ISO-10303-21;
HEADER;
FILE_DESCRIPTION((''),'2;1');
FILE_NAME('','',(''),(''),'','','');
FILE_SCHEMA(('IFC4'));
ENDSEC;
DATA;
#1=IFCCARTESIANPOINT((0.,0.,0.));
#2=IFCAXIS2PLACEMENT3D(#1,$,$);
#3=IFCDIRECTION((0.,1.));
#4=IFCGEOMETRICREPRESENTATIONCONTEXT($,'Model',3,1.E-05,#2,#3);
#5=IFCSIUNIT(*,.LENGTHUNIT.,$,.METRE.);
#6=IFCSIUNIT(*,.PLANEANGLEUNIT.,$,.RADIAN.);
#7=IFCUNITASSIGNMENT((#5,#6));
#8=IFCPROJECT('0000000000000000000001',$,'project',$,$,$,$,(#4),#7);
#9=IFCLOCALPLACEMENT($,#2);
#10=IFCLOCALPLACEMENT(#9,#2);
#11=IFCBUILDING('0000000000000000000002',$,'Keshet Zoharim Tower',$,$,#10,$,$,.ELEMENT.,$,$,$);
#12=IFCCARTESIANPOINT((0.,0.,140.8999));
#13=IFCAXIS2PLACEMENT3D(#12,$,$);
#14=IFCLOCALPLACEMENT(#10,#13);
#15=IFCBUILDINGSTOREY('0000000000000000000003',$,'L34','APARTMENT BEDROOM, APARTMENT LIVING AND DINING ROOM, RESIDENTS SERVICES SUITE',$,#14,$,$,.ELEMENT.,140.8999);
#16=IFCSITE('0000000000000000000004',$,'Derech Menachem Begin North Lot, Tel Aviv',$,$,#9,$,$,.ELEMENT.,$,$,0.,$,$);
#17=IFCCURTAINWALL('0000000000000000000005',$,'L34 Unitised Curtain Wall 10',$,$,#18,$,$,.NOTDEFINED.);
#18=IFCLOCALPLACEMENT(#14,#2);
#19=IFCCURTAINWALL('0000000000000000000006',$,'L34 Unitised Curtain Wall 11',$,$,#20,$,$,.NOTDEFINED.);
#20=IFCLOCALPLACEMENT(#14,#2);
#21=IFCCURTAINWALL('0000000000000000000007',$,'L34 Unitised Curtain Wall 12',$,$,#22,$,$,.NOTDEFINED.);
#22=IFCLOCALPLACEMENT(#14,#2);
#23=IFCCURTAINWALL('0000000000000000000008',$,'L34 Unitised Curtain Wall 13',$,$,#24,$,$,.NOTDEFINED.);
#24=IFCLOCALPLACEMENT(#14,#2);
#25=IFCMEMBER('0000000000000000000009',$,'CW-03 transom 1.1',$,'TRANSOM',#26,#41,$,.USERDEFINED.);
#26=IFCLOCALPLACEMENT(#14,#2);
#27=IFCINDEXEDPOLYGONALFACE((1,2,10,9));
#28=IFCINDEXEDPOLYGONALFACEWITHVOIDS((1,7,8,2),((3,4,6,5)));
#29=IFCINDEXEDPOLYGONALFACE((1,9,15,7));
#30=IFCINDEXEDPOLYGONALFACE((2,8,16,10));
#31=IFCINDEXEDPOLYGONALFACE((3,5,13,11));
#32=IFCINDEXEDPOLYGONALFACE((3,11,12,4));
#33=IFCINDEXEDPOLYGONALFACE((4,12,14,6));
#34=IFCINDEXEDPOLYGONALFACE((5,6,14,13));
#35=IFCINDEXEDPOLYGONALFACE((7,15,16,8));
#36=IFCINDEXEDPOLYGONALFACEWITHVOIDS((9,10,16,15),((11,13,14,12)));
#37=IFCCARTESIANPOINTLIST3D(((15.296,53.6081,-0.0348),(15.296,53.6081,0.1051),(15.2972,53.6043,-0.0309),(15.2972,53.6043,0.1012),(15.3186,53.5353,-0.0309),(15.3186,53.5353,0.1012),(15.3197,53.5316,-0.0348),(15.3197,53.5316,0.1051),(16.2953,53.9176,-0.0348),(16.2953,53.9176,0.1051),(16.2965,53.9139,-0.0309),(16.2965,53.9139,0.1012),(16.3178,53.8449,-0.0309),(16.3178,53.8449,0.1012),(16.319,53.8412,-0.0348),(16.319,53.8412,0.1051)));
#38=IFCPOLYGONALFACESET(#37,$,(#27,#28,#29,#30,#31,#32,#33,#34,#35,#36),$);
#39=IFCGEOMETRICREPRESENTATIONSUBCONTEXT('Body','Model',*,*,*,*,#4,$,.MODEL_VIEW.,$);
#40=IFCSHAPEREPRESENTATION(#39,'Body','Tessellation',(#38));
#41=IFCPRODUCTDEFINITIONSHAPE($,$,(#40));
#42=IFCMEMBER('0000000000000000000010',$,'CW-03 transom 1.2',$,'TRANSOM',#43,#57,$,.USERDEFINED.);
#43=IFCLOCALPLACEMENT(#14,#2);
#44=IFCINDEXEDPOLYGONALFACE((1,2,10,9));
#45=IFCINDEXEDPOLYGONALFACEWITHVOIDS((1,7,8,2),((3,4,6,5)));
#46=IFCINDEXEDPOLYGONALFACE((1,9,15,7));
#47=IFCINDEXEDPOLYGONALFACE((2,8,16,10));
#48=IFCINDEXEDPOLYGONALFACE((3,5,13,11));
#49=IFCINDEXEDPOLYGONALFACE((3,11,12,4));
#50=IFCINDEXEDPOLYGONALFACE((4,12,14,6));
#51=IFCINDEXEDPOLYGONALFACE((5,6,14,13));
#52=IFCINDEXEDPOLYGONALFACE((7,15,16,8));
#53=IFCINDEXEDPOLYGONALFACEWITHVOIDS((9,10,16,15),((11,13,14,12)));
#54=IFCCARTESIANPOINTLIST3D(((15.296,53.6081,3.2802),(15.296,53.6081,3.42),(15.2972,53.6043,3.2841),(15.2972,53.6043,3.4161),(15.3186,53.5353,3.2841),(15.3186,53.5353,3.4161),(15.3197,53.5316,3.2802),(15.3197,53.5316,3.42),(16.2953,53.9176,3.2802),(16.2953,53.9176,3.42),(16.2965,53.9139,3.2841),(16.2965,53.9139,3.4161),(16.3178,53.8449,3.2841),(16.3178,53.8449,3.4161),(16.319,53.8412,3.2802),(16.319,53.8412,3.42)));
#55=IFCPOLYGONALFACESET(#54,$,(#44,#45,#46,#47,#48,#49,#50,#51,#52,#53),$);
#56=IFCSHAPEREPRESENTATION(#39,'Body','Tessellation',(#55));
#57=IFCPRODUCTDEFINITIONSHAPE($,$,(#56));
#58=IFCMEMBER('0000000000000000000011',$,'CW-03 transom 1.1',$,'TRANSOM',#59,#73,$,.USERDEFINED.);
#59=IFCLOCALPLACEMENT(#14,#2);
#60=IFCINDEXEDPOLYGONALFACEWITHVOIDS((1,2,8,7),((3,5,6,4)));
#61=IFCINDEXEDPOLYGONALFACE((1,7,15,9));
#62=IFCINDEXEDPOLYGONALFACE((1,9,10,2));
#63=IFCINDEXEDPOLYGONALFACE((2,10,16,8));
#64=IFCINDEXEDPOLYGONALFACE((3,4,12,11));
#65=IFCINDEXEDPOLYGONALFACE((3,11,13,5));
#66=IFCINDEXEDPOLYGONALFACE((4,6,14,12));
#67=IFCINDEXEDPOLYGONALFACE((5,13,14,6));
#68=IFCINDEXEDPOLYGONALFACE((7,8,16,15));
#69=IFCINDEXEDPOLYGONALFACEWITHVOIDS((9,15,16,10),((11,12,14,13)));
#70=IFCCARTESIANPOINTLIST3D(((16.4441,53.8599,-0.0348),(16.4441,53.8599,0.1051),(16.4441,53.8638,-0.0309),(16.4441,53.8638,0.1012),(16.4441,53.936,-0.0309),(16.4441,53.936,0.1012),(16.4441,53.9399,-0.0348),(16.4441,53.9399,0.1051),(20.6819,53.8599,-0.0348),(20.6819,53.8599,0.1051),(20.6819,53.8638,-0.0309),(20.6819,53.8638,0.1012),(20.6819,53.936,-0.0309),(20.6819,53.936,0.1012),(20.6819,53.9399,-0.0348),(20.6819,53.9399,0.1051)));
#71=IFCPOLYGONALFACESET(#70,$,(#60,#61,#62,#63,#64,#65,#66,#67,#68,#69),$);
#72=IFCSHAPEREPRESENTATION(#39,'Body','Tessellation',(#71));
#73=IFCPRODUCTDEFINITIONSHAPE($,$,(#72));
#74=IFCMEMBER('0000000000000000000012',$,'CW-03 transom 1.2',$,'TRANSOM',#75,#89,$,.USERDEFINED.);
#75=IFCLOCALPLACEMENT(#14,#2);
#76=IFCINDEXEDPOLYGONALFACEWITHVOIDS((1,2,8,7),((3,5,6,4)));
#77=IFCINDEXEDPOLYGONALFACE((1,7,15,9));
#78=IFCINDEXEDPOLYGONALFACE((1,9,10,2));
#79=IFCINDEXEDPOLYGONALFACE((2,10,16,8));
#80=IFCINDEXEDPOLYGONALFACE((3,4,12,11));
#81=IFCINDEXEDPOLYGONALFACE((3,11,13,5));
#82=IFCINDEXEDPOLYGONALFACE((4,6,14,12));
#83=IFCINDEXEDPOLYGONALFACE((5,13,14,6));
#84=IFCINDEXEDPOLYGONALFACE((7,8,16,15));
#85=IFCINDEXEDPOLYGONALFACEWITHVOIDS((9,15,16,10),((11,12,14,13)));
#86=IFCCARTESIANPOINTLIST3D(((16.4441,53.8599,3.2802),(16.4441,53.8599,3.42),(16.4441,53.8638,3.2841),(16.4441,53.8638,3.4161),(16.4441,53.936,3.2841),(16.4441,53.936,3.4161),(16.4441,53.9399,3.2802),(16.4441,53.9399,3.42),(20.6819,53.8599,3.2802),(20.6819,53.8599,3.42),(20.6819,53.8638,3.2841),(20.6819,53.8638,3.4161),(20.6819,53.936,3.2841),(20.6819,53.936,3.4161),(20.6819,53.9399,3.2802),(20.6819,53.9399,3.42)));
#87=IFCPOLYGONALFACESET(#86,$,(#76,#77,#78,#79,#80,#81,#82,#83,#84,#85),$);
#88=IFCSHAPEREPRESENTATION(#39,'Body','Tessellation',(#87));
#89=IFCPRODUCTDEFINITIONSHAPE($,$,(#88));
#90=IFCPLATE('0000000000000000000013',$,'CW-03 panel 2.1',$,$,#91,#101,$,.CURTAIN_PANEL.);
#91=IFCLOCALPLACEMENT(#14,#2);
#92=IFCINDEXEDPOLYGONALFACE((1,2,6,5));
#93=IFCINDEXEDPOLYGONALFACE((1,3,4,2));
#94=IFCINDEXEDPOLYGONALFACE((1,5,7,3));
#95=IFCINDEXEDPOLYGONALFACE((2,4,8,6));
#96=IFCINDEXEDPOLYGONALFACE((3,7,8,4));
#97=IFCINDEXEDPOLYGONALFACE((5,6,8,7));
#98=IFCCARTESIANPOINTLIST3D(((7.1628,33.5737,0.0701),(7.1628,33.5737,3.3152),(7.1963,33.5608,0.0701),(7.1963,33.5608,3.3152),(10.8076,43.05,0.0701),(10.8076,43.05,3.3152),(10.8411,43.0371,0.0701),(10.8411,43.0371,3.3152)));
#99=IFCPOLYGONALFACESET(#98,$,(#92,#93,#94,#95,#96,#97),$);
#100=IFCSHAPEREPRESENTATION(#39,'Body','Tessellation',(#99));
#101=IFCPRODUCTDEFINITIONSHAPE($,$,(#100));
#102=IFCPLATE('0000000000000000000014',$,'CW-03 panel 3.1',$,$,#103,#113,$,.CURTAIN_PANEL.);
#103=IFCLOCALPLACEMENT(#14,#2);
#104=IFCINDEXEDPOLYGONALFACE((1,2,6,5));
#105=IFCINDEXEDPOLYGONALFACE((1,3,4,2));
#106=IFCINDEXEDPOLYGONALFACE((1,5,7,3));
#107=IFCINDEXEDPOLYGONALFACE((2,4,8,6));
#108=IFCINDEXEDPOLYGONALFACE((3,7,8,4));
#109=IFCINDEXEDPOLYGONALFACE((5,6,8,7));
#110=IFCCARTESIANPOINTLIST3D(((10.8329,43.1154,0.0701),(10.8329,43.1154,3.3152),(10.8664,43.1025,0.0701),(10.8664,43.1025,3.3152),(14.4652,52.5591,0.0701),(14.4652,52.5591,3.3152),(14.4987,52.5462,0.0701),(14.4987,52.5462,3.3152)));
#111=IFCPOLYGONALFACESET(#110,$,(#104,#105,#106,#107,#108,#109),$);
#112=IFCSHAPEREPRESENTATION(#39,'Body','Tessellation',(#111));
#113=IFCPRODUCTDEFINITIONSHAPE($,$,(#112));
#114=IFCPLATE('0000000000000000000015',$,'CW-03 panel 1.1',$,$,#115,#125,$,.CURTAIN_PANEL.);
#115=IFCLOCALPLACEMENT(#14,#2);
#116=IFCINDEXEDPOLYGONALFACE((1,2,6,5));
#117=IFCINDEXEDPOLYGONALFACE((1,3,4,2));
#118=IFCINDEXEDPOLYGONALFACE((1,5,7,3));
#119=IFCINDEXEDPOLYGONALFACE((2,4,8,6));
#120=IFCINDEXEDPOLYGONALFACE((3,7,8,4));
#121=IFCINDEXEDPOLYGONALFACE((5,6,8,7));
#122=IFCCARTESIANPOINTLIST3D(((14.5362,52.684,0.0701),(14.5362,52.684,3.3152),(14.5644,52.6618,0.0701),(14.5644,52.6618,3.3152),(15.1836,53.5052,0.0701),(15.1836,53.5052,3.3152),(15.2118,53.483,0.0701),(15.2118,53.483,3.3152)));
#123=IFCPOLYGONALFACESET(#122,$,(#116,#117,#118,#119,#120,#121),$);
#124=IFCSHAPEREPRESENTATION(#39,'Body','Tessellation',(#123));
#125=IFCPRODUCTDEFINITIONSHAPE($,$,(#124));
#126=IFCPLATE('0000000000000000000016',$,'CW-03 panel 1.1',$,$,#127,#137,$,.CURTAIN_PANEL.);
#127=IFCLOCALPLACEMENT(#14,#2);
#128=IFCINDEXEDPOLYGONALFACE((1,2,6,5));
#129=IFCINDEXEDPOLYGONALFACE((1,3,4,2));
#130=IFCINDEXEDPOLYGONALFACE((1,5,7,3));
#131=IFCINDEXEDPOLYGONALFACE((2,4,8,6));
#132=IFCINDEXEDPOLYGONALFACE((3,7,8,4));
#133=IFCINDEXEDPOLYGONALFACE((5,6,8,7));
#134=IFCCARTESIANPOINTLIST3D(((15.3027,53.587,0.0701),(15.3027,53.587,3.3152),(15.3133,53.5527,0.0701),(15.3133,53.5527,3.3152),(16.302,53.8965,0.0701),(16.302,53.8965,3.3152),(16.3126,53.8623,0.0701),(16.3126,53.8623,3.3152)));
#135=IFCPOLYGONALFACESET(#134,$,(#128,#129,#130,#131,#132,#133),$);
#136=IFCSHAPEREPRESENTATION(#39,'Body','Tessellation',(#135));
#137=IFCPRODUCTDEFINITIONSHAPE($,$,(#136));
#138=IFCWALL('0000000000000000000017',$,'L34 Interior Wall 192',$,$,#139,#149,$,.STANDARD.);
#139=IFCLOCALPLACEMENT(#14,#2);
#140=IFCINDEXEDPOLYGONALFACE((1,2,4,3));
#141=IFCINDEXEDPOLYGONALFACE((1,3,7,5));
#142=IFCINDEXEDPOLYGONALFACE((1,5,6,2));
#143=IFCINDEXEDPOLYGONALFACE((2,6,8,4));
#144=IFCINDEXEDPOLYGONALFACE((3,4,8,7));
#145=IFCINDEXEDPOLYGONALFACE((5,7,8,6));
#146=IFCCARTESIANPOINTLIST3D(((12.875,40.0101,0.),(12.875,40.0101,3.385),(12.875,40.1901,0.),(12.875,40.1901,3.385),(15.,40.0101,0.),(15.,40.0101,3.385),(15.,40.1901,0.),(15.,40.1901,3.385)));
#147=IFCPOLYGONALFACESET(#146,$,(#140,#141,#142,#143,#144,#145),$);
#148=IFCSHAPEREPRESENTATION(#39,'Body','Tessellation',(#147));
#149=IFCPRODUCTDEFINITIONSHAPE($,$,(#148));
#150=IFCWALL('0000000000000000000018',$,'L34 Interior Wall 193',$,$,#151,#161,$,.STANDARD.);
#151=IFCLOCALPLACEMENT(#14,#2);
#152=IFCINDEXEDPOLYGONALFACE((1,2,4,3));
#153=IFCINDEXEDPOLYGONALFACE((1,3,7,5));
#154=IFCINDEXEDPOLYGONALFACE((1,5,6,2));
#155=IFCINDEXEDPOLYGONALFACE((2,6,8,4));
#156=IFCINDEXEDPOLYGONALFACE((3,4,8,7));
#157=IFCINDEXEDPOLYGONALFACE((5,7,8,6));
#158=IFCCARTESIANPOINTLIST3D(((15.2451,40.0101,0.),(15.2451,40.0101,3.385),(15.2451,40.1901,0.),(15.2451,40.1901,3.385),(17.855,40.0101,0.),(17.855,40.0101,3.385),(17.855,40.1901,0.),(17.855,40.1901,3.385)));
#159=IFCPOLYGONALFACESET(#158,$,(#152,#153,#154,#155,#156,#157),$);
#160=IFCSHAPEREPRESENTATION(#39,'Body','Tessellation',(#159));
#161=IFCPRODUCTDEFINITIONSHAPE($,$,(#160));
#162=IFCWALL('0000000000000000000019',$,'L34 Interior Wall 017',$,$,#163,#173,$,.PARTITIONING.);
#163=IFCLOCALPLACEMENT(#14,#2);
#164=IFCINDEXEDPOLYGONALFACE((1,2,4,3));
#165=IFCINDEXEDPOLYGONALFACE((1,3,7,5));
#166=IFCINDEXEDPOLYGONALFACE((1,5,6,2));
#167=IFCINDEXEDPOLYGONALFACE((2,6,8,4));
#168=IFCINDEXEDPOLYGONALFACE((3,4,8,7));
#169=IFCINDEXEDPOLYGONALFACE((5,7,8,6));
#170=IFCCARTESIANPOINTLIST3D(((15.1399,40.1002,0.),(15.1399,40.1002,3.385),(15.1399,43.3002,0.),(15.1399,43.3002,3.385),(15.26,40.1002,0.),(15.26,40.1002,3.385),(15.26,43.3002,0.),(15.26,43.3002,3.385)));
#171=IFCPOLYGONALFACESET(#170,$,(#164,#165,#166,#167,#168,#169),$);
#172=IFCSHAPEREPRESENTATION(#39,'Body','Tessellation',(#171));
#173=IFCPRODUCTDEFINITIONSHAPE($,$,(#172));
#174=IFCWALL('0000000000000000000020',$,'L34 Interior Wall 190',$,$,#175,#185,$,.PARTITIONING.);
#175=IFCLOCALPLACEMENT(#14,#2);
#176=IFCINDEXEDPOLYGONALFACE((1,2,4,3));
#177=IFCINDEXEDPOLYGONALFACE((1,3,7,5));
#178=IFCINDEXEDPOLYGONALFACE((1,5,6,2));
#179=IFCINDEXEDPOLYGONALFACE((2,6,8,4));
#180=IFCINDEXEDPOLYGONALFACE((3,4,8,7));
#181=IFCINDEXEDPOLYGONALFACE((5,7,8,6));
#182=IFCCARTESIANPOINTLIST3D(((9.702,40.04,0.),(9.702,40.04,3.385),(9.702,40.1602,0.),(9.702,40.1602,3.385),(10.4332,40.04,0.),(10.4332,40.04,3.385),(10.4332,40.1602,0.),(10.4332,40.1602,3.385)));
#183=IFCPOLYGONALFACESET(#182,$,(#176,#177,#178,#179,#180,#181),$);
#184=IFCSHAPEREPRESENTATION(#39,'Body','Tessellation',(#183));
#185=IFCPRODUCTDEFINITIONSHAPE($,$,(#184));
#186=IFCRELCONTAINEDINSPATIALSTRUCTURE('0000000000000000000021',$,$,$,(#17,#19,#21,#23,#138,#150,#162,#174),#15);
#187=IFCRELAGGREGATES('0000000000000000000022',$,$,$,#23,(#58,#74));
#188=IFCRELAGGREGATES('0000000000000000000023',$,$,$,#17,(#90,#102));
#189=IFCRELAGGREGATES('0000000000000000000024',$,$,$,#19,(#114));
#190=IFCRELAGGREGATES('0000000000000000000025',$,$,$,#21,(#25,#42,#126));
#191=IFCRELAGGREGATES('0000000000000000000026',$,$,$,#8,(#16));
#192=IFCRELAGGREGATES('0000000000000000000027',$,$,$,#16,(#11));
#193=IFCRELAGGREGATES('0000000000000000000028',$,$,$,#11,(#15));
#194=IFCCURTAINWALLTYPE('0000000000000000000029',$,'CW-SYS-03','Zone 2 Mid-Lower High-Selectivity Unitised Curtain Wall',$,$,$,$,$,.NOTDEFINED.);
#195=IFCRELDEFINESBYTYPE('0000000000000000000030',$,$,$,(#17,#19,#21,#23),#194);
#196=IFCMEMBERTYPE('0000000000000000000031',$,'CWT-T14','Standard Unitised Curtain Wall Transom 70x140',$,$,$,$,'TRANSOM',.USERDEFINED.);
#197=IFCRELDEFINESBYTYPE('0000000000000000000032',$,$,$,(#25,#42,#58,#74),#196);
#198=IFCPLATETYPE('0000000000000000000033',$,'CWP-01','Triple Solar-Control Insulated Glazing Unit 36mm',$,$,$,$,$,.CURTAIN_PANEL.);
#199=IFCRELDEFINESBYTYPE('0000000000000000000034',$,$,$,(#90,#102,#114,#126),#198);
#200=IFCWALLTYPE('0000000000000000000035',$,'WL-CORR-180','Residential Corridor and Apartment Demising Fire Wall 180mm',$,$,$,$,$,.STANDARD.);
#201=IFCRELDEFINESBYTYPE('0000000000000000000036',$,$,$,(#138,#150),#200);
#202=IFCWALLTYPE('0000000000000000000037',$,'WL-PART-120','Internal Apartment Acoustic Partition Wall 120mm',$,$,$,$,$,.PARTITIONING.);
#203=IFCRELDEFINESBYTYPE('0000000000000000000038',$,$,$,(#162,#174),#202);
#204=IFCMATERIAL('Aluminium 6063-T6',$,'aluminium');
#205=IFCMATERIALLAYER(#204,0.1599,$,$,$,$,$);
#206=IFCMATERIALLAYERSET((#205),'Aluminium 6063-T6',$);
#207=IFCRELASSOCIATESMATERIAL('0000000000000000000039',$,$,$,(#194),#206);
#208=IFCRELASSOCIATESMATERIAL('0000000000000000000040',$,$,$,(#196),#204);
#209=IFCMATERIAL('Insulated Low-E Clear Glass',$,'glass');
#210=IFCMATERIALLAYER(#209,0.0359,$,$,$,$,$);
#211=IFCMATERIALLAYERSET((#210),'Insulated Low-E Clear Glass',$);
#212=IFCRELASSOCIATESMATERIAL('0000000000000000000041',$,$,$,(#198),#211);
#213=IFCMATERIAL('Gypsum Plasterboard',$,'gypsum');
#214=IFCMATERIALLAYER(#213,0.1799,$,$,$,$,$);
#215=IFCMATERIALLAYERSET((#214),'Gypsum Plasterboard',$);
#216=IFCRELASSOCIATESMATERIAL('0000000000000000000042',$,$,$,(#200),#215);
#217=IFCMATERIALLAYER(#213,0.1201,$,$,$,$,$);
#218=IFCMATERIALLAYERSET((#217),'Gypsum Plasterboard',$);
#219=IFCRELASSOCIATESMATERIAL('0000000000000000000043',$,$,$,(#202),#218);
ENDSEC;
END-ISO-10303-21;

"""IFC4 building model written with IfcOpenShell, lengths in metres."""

from ifc_helpers import new_model, si_unit, direction, frame, frame_2d, origin, origin_2d, place, context, subcontext, project, spatial, rectangle, hollow_rectangle, extrude, material, layer, layer_set, material_profile, profile_set, type_object, element, aggregate, save


model = new_model("IFC4")

# Units and contexts
model_context = context("Model", 3, precision=1e-05, world=origin(), true_north=direction((0.0, 1.0)))
body_context = subcontext(model_context, "Body", "Model", "MODEL_VIEW")
ifc_project = project(units=[si_unit("LENGTHUNIT", "METRE"), si_unit("PLANEANGLEUNIT", "RADIAN")], contexts=[model_context])

# Site, building, storey
site_placement = place(None, origin())
site = spatial("IfcSite", under=ifc_project, at=site_placement, Name="Derech Menachem Begin North Lot, Tel Aviv", CompositionType="ELEMENT", RefElevation=0.0)
building_placement = place(site_placement, origin())
building = spatial("IfcBuilding", under=site, at=building_placement, Name="Keshet Zoharim Tower", CompositionType="ELEMENT")
storey_placement = place(building_placement, frame((0.0, 0.0, 140.8999)))
storey = spatial("IfcBuildingStorey", under=building, at=storey_placement, Name="L34", Description="APARTMENT BEDROOM, APARTMENT LIVING AND DINING ROOM, RESIDENTS SERVICES SUITE", CompositionType="ELEMENT", Elevation=140.8999)

# Curtain walls
ifc_material_1 = material(Name="Aluminium 6063-T6", Category="aluminium")
ifc_layer_1 = layer(ifc_material_1, 0.1599)
ifc_layer_set_1 = layer_set([ifc_layer_1], Name="Aluminium 6063-T6")
curtain_wall_type = type_object("IfcCurtainWallType", Name="CW-SYS-03", Description="Zone 2 Mid-Lower High-Selectivity Unitised Curtain Wall", PredefinedType="NOTDEFINED", material=ifc_layer_set_1)
curtain_wall_1_placement = place(storey_placement, origin())
curtain_wall_1 = element("IfcCurtainWall", 1, at=curtain_wall_1_placement, inside=storey, type_object=curtain_wall_type, Name="L34 Unitised Curtain Wall 10", PredefinedType="NOTDEFINED")
curtain_wall_2_placement = place(storey_placement, origin())
curtain_wall_2 = element("IfcCurtainWall", 2, at=curtain_wall_2_placement, inside=storey, type_object=curtain_wall_type, Name="L34 Unitised Curtain Wall 11", PredefinedType="NOTDEFINED")
curtain_wall_3_placement = place(storey_placement, origin())
curtain_wall_3 = element("IfcCurtainWall", 3, at=curtain_wall_3_placement, inside=storey, type_object=curtain_wall_type, Name="L34 Unitised Curtain Wall 12", PredefinedType="NOTDEFINED")

# Curtain wall
curtain_wall_4_placement = place(storey_placement, origin())
curtain_wall_4 = element("IfcCurtainWall", 4, at=curtain_wall_4_placement, inside=storey, type_object=curtain_wall_type, Name="L34 Unitised Curtain Wall 13", PredefinedType="NOTDEFINED")

# Members
ifc_material_profile_1 = material_profile(ifc_material_1, hollow_rectangle(XDim=0.0801, YDim=0.1399, WallThickness=0.0039, at=origin_2d()), Name="TRN-80x140")
ifc_profile_set_1 = profile_set([ifc_material_profile_1], Name="Aluminium 6063-T6")
member_type_1 = type_object("IfcMemberType", Name="CWT-T14", Description="Standard Unitised Curtain Wall Transom 70x140", ElementType="TRANSOM", PredefinedType="USERDEFINED", material=ifc_profile_set_1)
member_1_placement = place(storey_placement, frame((15.3079, 53.5698, 0.0352), z_axis=(0.955212, 0.295922, 0.0), x_axis=(-0.295922, 0.955212, 0.0)))
member_1 = element("IfcMember", 5, at=member_1_placement, type_object=member_type_1, Name="CW-03 transom 1.1", ObjectType="TRANSOM", PredefinedType="USERDEFINED", context=body_context, shape_type="SweptSolid", body=[
    extrude(hollow_rectangle(XDim=0.0801, YDim=0.1399, WallThickness=0.0039, at=origin_2d()), origin(), (0.0, 0.0, 1.0), 1.0461),
])
member_2_placement = place(storey_placement, frame((15.3079, 53.5698, 3.3501), z_axis=(0.955212, 0.295922, 0.0), x_axis=(-0.295922, 0.955212, 0.0)))
member_2 = element("IfcMember", 6, at=member_2_placement, type_object=member_type_1, Name="CW-03 transom 1.2", ObjectType="TRANSOM", PredefinedType="USERDEFINED", context=body_context, shape_type="SweptSolid", body=[
    extrude(hollow_rectangle(XDim=0.0801, YDim=0.1399, WallThickness=0.0039, at=origin_2d()), origin(), (0.0, 0.0, 1.0), 1.0461),
])
member_3_placement = place(storey_placement, frame((16.4441, 53.8999, 0.0352), z_axis=(1.0, 0.0, 0.0), x_axis=(0.0, 1.0, 0.0)))
member_3 = element("IfcMember", 7, at=member_3_placement, type_object=member_type_1, Name="CW-03 transom 1.1", ObjectType="TRANSOM", PredefinedType="USERDEFINED", context=body_context, shape_type="SweptSolid", body=[
    extrude(hollow_rectangle(XDim=0.0801, YDim=0.1399, WallThickness=0.0039, at=origin_2d()), origin(), (0.0, 0.0, 1.0), 4.2378),
])
member_4_placement = place(storey_placement, frame((16.4441, 53.8999, 3.3501), z_axis=(1.0, 0.0, 0.0), x_axis=(0.0, 1.0, 0.0)))
member_4 = element("IfcMember", 8, at=member_4_placement, type_object=member_type_1, Name="CW-03 transom 1.2", ObjectType="TRANSOM", PredefinedType="USERDEFINED", context=body_context, shape_type="SweptSolid", body=[
    extrude(hollow_rectangle(XDim=0.0801, YDim=0.1399, WallThickness=0.0039, at=origin_2d()), origin(), (0.0, 0.0, 1.0), 4.2378),
])
aggregate(curtain_wall_4, [member_3, member_4])

# Plates
ifc_material_2 = material(Name="Insulated Low-E Clear Glass", Category="glass")
ifc_layer_2 = layer(ifc_material_2, 0.0359)
ifc_layer_set_2 = layer_set([ifc_layer_2], Name="Insulated Low-E Clear Glass")
plate_type = type_object("IfcPlateType", Name="CWP-01", Description="Triple Solar-Control Insulated Glazing Unit 36mm", PredefinedType="CURTAIN_PANEL", material=ifc_layer_set_2)
plate_1_placement = place(storey_placement, frame((9.002, 38.3054, 0.0701), z_axis=(0.0, 0.0, 1.0), x_axis=(0.35899, 0.933341, 0.0)))
plate_1 = element("IfcPlate", 9, at=plate_1_placement, type_object=plate_type, Name="CW-03 panel 2.1", PredefinedType="CURTAIN_PANEL", context=body_context, shape_type="SweptSolid", body=[
    extrude(rectangle(XDim=10.1531, YDim=0.0359, at=origin_2d()), origin(), (0.0, 0.0, 1.0), 3.2451),
])
plate_2_placement = place(storey_placement, frame((12.6658, 47.8308, 0.0701), z_axis=(0.0, 0.0, 1.0), x_axis=(0.35899, 0.933341, 0.0)))
plate_2 = element("IfcPlate", 10, at=plate_2_placement, type_object=plate_type, Name="CW-03 panel 3.1", PredefinedType="CURTAIN_PANEL", context=body_context, shape_type="SweptSolid", body=[
    extrude(rectangle(XDim=10.1182, YDim=0.0359, at=origin_2d()), origin(), (0.0, 0.0, 1.0), 3.2451),
])
aggregate(curtain_wall_1, [plate_1, plate_2])
plate_3_placement = place(storey_placement, frame((14.874, 53.0835, 0.0701), z_axis=(0.0, 0.0, 1.0), x_axis=(0.619125, 0.785293, 0.0)))
plate_3 = element("IfcPlate", 11, at=plate_3_placement, type_object=plate_type, Name="CW-03 panel 1.1", PredefinedType="CURTAIN_PANEL", context=body_context, shape_type="SweptSolid", body=[
    extrude(rectangle(XDim=1.0457, YDim=0.0359, at=origin_2d()), origin(), (0.0, 0.0, 1.0), 3.2451),
])
aggregate(curtain_wall_2, [plate_3])
plate_4_placement = place(storey_placement, frame((15.8076, 53.7246, 0.0701), z_axis=(0.0, 0.0, 1.0), x_axis=(0.955212, 0.295922, 0.0)))
plate_4 = element("IfcPlate", 12, at=plate_4_placement, type_object=plate_type, Name="CW-03 panel 1.1", PredefinedType="CURTAIN_PANEL", context=body_context, shape_type="SweptSolid", body=[
    extrude(rectangle(XDim=1.0461, YDim=0.0359, at=origin_2d()), origin(), (0.0, 0.0, 1.0), 3.2451),
])
aggregate(curtain_wall_3, [member_1, member_2, plate_4])

# Walls
ifc_material_3 = material(Name="Gypsum Plasterboard", Category="gypsum")
ifc_layer_3 = layer(ifc_material_3, 0.1799)
ifc_layer_set_3 = layer_set([ifc_layer_3], Name="Gypsum Plasterboard")
wall_type_1 = type_object("IfcWallType", Name="WL-CORR-180", Description="Residential Corridor and Apartment Demising Fire Wall 180mm", PredefinedType="STANDARD", material=ifc_layer_set_3)
wall_1_placement = place(storey_placement, frame((12.875, 40.1001, 0.0), z_axis=(0.0, 0.0, 1.0), x_axis=(1.0, 0.0, 0.0)))
element("IfcWall", 13, at=wall_1_placement, inside=storey, type_object=wall_type_1, Name="L34 Interior Wall 192", PredefinedType="STANDARD", context=body_context, shape_type="SweptSolid", body=[
    extrude(rectangle(XDim=2.125, YDim=0.1799, at=frame_2d((1.0625, 0.0))), origin(), (0.0, 0.0, 1.0), 3.385),
])
wall_2_placement = place(storey_placement, frame((15.2451, 40.1001, 0.0), z_axis=(0.0, 0.0, 1.0), x_axis=(1.0, 0.0, 0.0)))
element("IfcWall", 14, at=wall_2_placement, inside=storey, type_object=wall_type_1, Name="L34 Interior Wall 193", PredefinedType="STANDARD", context=body_context, shape_type="SweptSolid", body=[
    extrude(rectangle(XDim=2.6099, YDim=0.1799, at=frame_2d((1.3049, 0.0))), origin(), (0.0, 0.0, 1.0), 3.385),
])

# Wall
ifc_layer_4 = layer(ifc_material_3, 0.1201)
ifc_layer_set_4 = layer_set([ifc_layer_4], Name="Gypsum Plasterboard")
wall_type_2 = type_object("IfcWallType", Name="WL-PART-120", Description="Internal Apartment Acoustic Partition Wall 120mm", PredefinedType="PARTITIONING", material=ifc_layer_set_4)
wall_3_placement = place(storey_placement, frame((15.2, 40.1001, 0.0), z_axis=(0.0, 0.0, 1.0), x_axis=(0.0, 1.0, 0.0)))
element("IfcWall", 15, at=wall_3_placement, inside=storey, type_object=wall_type_2, Name="L34 Interior Wall 017", PredefinedType="PARTITIONING", context=body_context, shape_type="SweptSolid", body=[
    extrude(rectangle(XDim=3.2, YDim=0.1201, at=frame_2d((1.6001, 0.0))), origin(), (0.0, 0.0, 1.0), 3.385),
])

# Wall
wall_4_placement = place(storey_placement, frame((9.7019, 40.1001, 0.0), z_axis=(0.0, 0.0, 1.0), x_axis=(1.0, 0.0, 0.0)))
element("IfcWall", 16, at=wall_4_placement, inside=storey, type_object=wall_type_2, Name="L34 Interior Wall 190", PredefinedType="PARTITIONING", context=body_context, shape_type="SweptSolid", body=[
    extrude(rectangle(XDim=0.7312, YDim=0.1201, at=frame_2d((0.3657, 0.0))), origin(), (0.0, 0.0, 1.0), 3.385),
])

save(model, "model.ifc")
